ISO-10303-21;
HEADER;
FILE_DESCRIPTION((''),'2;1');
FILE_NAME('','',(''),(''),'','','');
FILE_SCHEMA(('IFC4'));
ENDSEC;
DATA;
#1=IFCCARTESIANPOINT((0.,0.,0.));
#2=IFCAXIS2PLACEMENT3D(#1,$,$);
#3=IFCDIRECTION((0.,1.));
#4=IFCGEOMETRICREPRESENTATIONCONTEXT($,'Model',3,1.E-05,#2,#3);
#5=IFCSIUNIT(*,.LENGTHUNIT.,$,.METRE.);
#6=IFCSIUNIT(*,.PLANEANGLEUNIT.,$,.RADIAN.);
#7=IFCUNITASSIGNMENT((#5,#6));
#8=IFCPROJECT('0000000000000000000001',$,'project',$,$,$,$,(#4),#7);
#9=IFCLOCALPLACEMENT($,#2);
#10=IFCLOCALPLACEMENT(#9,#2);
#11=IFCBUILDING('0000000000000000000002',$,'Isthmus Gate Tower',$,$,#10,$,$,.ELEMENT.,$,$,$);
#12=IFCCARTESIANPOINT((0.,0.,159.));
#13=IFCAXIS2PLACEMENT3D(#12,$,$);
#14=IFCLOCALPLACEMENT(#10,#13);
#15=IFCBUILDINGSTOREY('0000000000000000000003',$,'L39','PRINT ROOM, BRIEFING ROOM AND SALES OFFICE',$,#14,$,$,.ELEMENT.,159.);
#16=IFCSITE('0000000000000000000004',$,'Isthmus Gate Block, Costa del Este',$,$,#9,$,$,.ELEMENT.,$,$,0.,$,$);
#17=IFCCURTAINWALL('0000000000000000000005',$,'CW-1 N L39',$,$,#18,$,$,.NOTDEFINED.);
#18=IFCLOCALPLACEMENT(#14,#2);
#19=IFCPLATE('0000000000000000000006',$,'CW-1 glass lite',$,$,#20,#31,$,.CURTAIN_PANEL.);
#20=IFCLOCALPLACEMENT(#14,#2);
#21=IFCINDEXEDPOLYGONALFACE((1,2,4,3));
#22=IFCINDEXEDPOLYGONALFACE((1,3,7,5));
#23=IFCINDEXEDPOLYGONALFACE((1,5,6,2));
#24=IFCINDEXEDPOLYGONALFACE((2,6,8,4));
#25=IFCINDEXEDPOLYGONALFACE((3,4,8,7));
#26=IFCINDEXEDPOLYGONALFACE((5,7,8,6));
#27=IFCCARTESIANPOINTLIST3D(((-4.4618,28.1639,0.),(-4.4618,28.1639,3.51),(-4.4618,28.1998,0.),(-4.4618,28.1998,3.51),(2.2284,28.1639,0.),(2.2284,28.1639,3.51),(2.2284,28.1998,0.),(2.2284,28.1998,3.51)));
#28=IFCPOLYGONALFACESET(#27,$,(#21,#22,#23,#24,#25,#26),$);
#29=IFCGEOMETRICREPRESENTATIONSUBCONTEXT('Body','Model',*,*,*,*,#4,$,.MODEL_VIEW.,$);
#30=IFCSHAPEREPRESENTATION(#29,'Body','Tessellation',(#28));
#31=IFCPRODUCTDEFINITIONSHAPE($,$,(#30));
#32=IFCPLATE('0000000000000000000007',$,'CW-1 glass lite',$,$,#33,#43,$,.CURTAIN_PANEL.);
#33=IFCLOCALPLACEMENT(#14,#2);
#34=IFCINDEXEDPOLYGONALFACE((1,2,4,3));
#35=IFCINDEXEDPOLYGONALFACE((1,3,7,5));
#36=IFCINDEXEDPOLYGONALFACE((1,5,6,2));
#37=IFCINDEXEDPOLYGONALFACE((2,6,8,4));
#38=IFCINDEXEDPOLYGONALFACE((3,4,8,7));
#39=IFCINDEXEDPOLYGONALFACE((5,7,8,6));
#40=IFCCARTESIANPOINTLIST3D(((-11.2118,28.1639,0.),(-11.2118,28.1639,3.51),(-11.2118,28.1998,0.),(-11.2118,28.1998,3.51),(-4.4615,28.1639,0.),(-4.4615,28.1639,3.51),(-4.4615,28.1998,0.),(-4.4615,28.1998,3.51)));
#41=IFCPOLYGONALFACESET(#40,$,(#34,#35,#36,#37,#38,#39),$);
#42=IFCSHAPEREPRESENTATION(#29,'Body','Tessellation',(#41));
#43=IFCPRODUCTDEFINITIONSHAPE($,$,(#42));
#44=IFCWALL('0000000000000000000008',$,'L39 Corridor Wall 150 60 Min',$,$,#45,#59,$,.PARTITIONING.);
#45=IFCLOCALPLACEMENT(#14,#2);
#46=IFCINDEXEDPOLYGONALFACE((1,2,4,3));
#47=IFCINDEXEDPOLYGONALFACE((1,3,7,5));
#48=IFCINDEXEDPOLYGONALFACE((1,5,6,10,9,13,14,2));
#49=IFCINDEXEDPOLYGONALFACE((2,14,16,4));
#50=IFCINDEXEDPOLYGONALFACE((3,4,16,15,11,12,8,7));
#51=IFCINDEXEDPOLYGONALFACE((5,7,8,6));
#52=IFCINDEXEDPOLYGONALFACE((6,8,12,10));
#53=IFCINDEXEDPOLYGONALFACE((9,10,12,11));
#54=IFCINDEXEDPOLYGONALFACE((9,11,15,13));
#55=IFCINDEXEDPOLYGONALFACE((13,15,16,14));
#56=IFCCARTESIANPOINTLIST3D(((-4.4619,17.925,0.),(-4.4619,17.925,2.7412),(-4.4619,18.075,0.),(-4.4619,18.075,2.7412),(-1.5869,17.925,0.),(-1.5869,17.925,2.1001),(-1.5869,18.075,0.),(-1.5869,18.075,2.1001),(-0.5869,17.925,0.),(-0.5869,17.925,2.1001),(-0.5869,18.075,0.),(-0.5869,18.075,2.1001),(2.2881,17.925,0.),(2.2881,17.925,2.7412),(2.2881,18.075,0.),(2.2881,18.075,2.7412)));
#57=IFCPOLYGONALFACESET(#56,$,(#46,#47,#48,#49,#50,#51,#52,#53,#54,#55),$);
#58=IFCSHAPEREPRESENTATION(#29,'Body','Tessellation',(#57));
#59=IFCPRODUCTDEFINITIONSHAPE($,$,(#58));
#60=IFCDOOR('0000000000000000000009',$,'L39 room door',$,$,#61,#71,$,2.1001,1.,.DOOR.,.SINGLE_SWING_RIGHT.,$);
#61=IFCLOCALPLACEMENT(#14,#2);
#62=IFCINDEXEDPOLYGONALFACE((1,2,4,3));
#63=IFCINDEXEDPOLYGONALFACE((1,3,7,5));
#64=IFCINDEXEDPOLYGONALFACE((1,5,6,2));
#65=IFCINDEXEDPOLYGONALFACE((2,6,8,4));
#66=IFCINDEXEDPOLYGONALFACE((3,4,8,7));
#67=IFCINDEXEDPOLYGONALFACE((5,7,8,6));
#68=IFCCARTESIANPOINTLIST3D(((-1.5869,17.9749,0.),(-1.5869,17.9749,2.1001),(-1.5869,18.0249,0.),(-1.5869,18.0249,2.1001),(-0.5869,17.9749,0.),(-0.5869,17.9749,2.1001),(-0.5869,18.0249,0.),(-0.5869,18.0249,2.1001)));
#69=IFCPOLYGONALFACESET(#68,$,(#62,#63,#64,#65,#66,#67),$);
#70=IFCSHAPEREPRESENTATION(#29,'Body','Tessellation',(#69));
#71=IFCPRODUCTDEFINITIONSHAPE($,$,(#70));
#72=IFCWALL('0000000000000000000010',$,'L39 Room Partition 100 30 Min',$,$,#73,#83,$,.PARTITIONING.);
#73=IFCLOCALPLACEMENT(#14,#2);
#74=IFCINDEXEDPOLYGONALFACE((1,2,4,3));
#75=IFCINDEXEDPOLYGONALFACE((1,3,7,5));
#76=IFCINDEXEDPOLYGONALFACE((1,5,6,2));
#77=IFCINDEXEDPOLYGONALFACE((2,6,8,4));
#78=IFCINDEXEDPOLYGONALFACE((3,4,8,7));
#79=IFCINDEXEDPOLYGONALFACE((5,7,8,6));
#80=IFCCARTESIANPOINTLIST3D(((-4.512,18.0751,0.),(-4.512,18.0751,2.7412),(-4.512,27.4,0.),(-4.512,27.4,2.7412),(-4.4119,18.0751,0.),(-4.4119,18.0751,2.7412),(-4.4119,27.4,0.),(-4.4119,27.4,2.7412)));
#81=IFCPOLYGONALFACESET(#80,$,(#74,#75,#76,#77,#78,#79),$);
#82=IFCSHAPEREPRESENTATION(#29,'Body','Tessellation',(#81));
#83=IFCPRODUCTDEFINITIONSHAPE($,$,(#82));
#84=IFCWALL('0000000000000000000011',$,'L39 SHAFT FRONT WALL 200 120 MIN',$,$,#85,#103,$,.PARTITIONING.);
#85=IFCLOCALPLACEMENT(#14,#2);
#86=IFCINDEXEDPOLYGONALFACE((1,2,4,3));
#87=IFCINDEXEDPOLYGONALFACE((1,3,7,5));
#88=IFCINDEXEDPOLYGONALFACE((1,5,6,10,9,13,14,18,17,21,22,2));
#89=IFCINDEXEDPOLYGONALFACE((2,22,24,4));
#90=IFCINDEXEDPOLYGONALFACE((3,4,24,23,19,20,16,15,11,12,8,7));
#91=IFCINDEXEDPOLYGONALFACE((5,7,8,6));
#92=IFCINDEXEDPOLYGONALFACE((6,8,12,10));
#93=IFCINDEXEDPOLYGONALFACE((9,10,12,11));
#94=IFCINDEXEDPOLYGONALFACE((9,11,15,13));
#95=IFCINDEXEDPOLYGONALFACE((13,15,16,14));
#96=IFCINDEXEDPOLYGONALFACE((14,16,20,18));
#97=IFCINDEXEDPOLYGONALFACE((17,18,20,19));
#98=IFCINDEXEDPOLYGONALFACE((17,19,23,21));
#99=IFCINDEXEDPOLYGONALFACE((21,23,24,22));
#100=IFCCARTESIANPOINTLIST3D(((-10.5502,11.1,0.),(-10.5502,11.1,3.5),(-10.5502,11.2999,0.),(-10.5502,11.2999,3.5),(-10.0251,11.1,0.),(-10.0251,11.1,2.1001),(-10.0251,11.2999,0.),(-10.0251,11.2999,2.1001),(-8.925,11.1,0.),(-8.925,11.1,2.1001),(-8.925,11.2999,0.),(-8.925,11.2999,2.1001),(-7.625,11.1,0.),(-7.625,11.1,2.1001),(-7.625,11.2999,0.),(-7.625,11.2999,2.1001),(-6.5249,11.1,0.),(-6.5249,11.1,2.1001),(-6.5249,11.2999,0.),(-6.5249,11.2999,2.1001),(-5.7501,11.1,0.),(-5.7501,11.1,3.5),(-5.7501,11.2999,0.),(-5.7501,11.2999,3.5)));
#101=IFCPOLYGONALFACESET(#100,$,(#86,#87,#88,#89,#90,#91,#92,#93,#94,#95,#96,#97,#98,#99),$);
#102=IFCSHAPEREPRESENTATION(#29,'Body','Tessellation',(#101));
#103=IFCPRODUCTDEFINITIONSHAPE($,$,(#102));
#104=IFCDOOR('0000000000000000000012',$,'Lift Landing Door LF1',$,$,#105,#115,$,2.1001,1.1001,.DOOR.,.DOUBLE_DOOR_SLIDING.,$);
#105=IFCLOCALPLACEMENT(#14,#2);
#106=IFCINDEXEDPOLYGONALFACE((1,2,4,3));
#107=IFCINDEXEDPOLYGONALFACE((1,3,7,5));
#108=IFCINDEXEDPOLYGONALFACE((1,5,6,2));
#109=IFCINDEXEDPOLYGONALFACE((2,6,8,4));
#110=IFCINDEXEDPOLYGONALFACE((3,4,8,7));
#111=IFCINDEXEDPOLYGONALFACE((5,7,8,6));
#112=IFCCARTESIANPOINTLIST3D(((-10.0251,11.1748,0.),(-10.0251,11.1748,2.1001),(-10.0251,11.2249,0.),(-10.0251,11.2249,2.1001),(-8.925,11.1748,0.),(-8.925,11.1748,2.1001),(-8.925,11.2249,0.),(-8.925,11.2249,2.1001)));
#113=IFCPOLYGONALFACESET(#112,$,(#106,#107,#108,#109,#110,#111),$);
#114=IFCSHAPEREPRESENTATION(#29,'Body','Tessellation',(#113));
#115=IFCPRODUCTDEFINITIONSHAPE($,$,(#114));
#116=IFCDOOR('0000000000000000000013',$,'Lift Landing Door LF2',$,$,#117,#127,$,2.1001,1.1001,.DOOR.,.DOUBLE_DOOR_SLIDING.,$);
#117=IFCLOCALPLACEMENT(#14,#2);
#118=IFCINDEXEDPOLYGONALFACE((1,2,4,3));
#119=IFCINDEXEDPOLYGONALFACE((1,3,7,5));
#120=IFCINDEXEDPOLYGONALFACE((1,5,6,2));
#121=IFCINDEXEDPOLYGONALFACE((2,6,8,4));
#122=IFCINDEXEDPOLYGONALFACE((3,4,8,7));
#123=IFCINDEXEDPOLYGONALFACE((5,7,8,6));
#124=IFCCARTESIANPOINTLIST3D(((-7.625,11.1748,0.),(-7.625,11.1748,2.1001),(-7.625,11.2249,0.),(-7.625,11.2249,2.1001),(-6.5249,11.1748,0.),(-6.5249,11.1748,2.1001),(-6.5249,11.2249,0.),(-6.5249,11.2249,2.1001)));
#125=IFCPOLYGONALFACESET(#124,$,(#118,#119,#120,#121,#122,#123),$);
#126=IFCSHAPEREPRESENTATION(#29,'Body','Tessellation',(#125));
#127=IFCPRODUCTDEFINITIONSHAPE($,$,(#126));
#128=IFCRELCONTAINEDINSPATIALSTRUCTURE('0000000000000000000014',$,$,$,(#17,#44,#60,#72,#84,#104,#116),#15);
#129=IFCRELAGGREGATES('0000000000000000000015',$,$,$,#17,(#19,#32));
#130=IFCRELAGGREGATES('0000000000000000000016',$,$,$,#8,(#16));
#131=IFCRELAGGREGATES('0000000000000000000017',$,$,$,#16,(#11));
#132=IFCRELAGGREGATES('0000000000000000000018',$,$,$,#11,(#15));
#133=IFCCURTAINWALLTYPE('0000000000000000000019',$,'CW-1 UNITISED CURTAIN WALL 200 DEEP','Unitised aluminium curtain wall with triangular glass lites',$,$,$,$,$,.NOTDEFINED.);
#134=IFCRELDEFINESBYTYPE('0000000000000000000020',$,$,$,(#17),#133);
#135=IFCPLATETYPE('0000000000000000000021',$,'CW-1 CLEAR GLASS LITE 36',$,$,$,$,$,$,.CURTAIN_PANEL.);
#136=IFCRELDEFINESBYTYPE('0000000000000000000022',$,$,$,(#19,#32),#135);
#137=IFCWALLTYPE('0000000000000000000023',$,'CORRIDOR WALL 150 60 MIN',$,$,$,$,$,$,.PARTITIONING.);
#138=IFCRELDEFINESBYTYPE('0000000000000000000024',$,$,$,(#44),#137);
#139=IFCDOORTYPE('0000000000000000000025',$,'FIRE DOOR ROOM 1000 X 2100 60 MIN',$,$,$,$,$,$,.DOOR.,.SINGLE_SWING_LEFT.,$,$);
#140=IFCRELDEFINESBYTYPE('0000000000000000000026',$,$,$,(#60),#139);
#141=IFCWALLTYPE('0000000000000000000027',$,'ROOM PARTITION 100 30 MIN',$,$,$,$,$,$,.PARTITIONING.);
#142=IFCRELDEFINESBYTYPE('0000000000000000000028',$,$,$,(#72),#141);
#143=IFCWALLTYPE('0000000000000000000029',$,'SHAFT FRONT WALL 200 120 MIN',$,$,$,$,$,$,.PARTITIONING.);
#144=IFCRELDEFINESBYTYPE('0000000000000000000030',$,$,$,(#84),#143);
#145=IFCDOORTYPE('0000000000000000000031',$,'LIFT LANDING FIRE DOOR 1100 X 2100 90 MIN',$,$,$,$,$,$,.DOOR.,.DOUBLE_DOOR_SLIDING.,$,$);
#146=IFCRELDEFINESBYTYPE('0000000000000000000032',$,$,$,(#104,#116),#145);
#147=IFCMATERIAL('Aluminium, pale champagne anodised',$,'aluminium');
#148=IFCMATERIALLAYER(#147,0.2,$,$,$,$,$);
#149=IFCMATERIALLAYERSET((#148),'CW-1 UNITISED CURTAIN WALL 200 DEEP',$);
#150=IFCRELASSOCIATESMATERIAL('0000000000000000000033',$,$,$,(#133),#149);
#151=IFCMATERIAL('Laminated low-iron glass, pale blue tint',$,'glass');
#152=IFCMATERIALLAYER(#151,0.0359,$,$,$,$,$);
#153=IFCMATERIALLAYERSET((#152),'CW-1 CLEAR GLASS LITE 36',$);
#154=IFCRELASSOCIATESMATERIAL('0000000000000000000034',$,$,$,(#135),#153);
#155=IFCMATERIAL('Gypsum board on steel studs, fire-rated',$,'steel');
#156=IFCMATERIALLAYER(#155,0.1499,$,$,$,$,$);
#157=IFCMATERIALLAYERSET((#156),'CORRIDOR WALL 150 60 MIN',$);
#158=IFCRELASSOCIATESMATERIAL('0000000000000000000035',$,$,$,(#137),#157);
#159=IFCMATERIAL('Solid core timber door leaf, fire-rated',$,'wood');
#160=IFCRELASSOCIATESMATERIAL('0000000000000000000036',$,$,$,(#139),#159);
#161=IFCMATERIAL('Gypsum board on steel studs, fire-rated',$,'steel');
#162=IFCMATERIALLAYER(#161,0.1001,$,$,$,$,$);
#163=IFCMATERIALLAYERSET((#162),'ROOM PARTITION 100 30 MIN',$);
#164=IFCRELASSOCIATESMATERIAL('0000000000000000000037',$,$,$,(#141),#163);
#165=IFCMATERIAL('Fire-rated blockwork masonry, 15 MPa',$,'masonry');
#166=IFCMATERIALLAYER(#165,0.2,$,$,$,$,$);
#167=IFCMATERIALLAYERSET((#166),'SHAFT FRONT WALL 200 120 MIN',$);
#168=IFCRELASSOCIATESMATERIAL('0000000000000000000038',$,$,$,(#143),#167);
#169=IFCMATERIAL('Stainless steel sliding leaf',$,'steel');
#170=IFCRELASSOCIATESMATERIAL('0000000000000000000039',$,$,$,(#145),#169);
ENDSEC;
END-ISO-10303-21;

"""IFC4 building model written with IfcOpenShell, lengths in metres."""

from ifc_helpers import new_model, si_unit, direction, frame, frame_2d, origin, origin_2d, place, context, subcontext, project, spatial, rectangle, extrude, material, layer, layer_set, type_object, element, fill, aggregate, save


model = new_model("IFC4")

# Units and contexts
model_context = context("Model", 3, precision=1e-05, world=origin(), true_north=direction((0.0, 1.0)))
body_context = subcontext(model_context, "Body", "Model", "MODEL_VIEW")
ifc_project = project(units=[si_unit("LENGTHUNIT", "METRE"), si_unit("PLANEANGLEUNIT", "RADIAN")], contexts=[model_context])

# Site, building, storey
site_placement = place(None, origin())
site = spatial("IfcSite", under=ifc_project, at=site_placement, Name="Isthmus Gate Block, Costa del Este", CompositionType="ELEMENT", RefElevation=0.0)
building_placement = place(site_placement, origin())
building = spatial("IfcBuilding", under=site, at=building_placement, Name="Isthmus Gate Tower", CompositionType="ELEMENT")
storey_placement = place(building_placement, frame((0.0, 0.0, 159.0)))
storey = spatial("IfcBuildingStorey", under=building, at=storey_placement, Name="L39", Description="PRINT ROOM, BRIEFING ROOM AND SALES OFFICE", CompositionType="ELEMENT", Elevation=159.0)

# Curtain wall
ifc_material_1 = material(Name="Aluminium, pale champagne anodised", Category="aluminium")
ifc_layer_1 = layer(ifc_material_1, 0.2)
ifc_layer_set_1 = layer_set([ifc_layer_1], Name="CW-1 UNITISED CURTAIN WALL 200 DEEP")
curtain_wall_type = type_object("IfcCurtainWallType", Name="CW-1 UNITISED CURTAIN WALL 200 DEEP", Description="Unitised aluminium curtain wall with triangular glass lites", PredefinedType="NOTDEFINED", material=ifc_layer_set_1)
curtain_wall_placement = place(storey_placement, origin())
curtain_wall = element("IfcCurtainWall", 1, at=curtain_wall_placement, inside=storey, type_object=curtain_wall_type, Name="CW-1 N L39", PredefinedType="NOTDEFINED")

# Plates
ifc_material_2 = material(Name="Laminated low-iron glass, pale blue tint", Category="glass")
ifc_layer_2 = layer(ifc_material_2, 0.0359)
ifc_layer_set_2 = layer_set([ifc_layer_2], Name="CW-1 CLEAR GLASS LITE 36")
plate_type = type_object("IfcPlateType", Name="CW-1 CLEAR GLASS LITE 36", PredefinedType="CURTAIN_PANEL", material=ifc_layer_set_2)
plate_1_placement = place(storey_placement, frame((-1.1167, 28.1819, 0.0), z_axis=(0.0, 0.0, 1.0), x_axis=(-1.0, 0.0, 0.0)))
plate_1 = element("IfcPlate", 2, at=plate_1_placement, type_object=plate_type, Name="CW-1 glass lite", PredefinedType="CURTAIN_PANEL", context=body_context, shape_type="SweptSolid", body=[
    extrude(rectangle(XDim=6.6902, YDim=0.0359, at=origin_2d()), origin(), (0.0, 0.0, 1.0), 3.51),
])
plate_2_placement = place(storey_placement, frame((-7.8367, 28.1819, 0.0), z_axis=(0.0, 0.0, 1.0), x_axis=(-1.0, 0.0, 0.0)))
plate_2 = element("IfcPlate", 3, at=plate_2_placement, type_object=plate_type, Name="CW-1 glass lite", PredefinedType="CURTAIN_PANEL", context=body_context, shape_type="SweptSolid", body=[
    extrude(rectangle(XDim=6.7502, YDim=0.0359, at=origin_2d()), origin(), (0.0, 0.0, 1.0), 3.51),
])
aggregate(curtain_wall, [plate_1, plate_2])

# Wall, opening, door
ifc_material_3 = material(Name="Gypsum board on steel studs, fire-rated", Category="steel")
ifc_layer_3 = layer(ifc_material_3, 0.1499)
ifc_layer_set_3 = layer_set([ifc_layer_3], Name="CORRIDOR WALL 150 60 MIN")
wall_type_1 = type_object("IfcWallType", Name="CORRIDOR WALL 150 60 MIN", PredefinedType="PARTITIONING", material=ifc_layer_set_3)
wall_1_placement = place(storey_placement, frame((-4.4619, 18.0, 0.0), z_axis=(0.0, 0.0, 1.0), x_axis=(1.0, 0.0, 0.0)))
wall_1 = element("IfcWall", 4, at=wall_1_placement, inside=storey, type_object=wall_type_1, Name="L39 Corridor Wall 150 60 Min", PredefinedType="PARTITIONING", context=body_context, shape_type="SweptSolid", body=[
    extrude(rectangle(XDim=6.75, YDim=0.1499, at=frame_2d((3.375, 0.0))), origin(), (0.0, 0.0, 1.0), 2.7412),
])
opening_1_placement = place(wall_1_placement, frame((2.875, 0.0, 0.0)))
opening_1 = element("IfcOpeningElement", 5, at=opening_1_placement, cuts=wall_1, PredefinedType="OPENING", context=body_context, shape_type="SweptSolid", body=[
    extrude(rectangle(XDim=1.0, YDim=2.1001, at=frame_2d((0.5, 1.05))), frame((0.0, 0.085, 0.0), z_axis=(0.0, -1.0, 0.0), x_axis=(1.0, 0.0, 0.0)), (0.0, 0.0, 1.0), 0.1699),
])
ifc_material_4 = material(Name="Solid core timber door leaf, fire-rated", Category="wood")
door_type_1 = type_object("IfcDoorType", Name="FIRE DOOR ROOM 1000 X 2100 60 MIN", OperationType="SINGLE_SWING_LEFT", PredefinedType="DOOR", material=ifc_material_4)
door_1_placement = place(opening_1_placement, origin())
door_1 = element("IfcDoor", 6, at=door_1_placement, inside=storey, type_object=door_type_1, Name="L39 room door", OperationType="SINGLE_SWING_RIGHT", OverallHeight=2.1001, OverallWidth=1.0, PredefinedType="DOOR", context=body_context, shape_type="SweptSolid", body=[
    extrude(rectangle(XDim=1.0, YDim=2.1001, at=frame_2d((0.5, 1.05))), frame((0.0, 0.0249, 0.0), z_axis=(0.0, -1.0, 0.0), x_axis=(1.0, 0.0, 0.0)), (0.0, 0.0, 1.0), 0.05),
])
fill(opening_1, door_1)

# Wall
ifc_material_5 = material(Name="Gypsum board on steel studs, fire-rated", Category="steel")
ifc_layer_4 = layer(ifc_material_5, 0.1001)
ifc_layer_set_4 = layer_set([ifc_layer_4], Name="ROOM PARTITION 100 30 MIN")
wall_type_2 = type_object("IfcWallType", Name="ROOM PARTITION 100 30 MIN", PredefinedType="PARTITIONING", material=ifc_layer_set_4)
wall_2_placement = place(storey_placement, frame((-4.4619, 18.075, 0.0), z_axis=(0.0, 0.0, 1.0), x_axis=(0.0, 1.0, 0.0)))
element("IfcWall", 7, at=wall_2_placement, inside=storey, type_object=wall_type_2, Name="L39 Room Partition 100 30 Min", PredefinedType="PARTITIONING", context=body_context, shape_type="SweptSolid", body=[
    extrude(rectangle(XDim=9.325, YDim=0.1001, at=frame_2d((4.6626, 0.0))), origin(), (0.0, 0.0, 1.0), 2.7412),
])

# Wall, openings, doors
ifc_material_6 = material(Name="Fire-rated blockwork masonry, 15 MPa", Category="masonry")
ifc_layer_5 = layer(ifc_material_6, 0.2)
ifc_layer_set_5 = layer_set([ifc_layer_5], Name="SHAFT FRONT WALL 200 120 MIN")
wall_type_3 = type_object("IfcWallType", Name="SHAFT FRONT WALL 200 120 MIN", PredefinedType="PARTITIONING", material=ifc_layer_set_5)
wall_3_placement = place(storey_placement, frame((-10.55, 11.2, 0.0), z_axis=(0.0, 0.0, 1.0), x_axis=(1.0, 0.0, 0.0)))
wall_3 = element("IfcWall", 8, at=wall_3_placement, inside=storey, type_object=wall_type_3, Name="L39 SHAFT FRONT WALL 200 120 MIN", PredefinedType="PARTITIONING", context=body_context, shape_type="SweptSolid", body=[
    extrude(rectangle(XDim=4.8, YDim=0.2, at=frame_2d((2.3999, 0.0))), origin(), (0.0, 0.0, 1.0), 3.5),
])
opening_2_placement = place(wall_3_placement, frame((0.5249, 0.0, 0.0)))
opening_2 = element("IfcOpeningElement", 9, at=opening_2_placement, cuts=wall_3, PredefinedType="OPENING", context=body_context, shape_type="SweptSolid", body=[
    extrude(rectangle(XDim=1.1001, YDim=2.1001, at=frame_2d((0.55, 1.05))), frame((0.0, 0.1099, 0.0), z_axis=(0.0, -1.0, 0.0), x_axis=(1.0, 0.0, 0.0)), (0.0, 0.0, 1.0), 0.22),
])
opening_3_placement = place(wall_3_placement, frame((2.925, 0.0, 0.0)))
opening_3 = element("IfcOpeningElement", 10, at=opening_3_placement, cuts=wall_3, PredefinedType="OPENING", context=body_context, shape_type="SweptSolid", body=[
    extrude(rectangle(XDim=1.1001, YDim=2.1001, at=frame_2d((0.55, 1.05))), frame((0.0, 0.1099, 0.0), z_axis=(0.0, -1.0, 0.0), x_axis=(1.0, 0.0, 0.0)), (0.0, 0.0, 1.0), 0.22),
])
ifc_material_7 = material(Name="Stainless steel sliding leaf", Category="steel")
door_type_2 = type_object("IfcDoorType", Name="LIFT LANDING FIRE DOOR 1100 X 2100 90 MIN", OperationType="DOUBLE_DOOR_SLIDING", PredefinedType="DOOR", material=ifc_material_7)
door_2_placement = place(opening_2_placement, origin())
door_2 = element("IfcDoor", 11, at=door_2_placement, inside=storey, type_object=door_type_2, Name="Lift Landing Door LF1", OperationType="DOUBLE_DOOR_SLIDING", OverallHeight=2.1001, OverallWidth=1.1001, PredefinedType="DOOR", context=body_context, shape_type="SweptSolid", body=[
    extrude(rectangle(XDim=1.1001, YDim=2.1001, at=frame_2d((0.55, 1.05))), frame((0.0, 0.0249, 0.0), z_axis=(0.0, -1.0, 0.0), x_axis=(1.0, 0.0, 0.0)), (0.0, 0.0, 1.0), 0.05),
])
fill(opening_2, door_2)
door_3_placement = place(opening_3_placement, origin())
door_3 = element("IfcDoor", 12, at=door_3_placement, inside=storey, type_object=door_type_2, Name="Lift Landing Door LF2", OperationType="DOUBLE_DOOR_SLIDING", OverallHeight=2.1001, OverallWidth=1.1001, PredefinedType="DOOR", context=body_context, shape_type="SweptSolid", body=[
    extrude(rectangle(XDim=1.1001, YDim=2.1001, at=frame_2d((0.55, 1.05))), frame((0.0, 0.0249, 0.0), z_axis=(0.0, -1.0, 0.0), x_axis=(1.0, 0.0, 0.0)), (0.0, 0.0, 1.0), 0.05),
])
fill(opening_3, door_3)

save(model, "model.ifc")
